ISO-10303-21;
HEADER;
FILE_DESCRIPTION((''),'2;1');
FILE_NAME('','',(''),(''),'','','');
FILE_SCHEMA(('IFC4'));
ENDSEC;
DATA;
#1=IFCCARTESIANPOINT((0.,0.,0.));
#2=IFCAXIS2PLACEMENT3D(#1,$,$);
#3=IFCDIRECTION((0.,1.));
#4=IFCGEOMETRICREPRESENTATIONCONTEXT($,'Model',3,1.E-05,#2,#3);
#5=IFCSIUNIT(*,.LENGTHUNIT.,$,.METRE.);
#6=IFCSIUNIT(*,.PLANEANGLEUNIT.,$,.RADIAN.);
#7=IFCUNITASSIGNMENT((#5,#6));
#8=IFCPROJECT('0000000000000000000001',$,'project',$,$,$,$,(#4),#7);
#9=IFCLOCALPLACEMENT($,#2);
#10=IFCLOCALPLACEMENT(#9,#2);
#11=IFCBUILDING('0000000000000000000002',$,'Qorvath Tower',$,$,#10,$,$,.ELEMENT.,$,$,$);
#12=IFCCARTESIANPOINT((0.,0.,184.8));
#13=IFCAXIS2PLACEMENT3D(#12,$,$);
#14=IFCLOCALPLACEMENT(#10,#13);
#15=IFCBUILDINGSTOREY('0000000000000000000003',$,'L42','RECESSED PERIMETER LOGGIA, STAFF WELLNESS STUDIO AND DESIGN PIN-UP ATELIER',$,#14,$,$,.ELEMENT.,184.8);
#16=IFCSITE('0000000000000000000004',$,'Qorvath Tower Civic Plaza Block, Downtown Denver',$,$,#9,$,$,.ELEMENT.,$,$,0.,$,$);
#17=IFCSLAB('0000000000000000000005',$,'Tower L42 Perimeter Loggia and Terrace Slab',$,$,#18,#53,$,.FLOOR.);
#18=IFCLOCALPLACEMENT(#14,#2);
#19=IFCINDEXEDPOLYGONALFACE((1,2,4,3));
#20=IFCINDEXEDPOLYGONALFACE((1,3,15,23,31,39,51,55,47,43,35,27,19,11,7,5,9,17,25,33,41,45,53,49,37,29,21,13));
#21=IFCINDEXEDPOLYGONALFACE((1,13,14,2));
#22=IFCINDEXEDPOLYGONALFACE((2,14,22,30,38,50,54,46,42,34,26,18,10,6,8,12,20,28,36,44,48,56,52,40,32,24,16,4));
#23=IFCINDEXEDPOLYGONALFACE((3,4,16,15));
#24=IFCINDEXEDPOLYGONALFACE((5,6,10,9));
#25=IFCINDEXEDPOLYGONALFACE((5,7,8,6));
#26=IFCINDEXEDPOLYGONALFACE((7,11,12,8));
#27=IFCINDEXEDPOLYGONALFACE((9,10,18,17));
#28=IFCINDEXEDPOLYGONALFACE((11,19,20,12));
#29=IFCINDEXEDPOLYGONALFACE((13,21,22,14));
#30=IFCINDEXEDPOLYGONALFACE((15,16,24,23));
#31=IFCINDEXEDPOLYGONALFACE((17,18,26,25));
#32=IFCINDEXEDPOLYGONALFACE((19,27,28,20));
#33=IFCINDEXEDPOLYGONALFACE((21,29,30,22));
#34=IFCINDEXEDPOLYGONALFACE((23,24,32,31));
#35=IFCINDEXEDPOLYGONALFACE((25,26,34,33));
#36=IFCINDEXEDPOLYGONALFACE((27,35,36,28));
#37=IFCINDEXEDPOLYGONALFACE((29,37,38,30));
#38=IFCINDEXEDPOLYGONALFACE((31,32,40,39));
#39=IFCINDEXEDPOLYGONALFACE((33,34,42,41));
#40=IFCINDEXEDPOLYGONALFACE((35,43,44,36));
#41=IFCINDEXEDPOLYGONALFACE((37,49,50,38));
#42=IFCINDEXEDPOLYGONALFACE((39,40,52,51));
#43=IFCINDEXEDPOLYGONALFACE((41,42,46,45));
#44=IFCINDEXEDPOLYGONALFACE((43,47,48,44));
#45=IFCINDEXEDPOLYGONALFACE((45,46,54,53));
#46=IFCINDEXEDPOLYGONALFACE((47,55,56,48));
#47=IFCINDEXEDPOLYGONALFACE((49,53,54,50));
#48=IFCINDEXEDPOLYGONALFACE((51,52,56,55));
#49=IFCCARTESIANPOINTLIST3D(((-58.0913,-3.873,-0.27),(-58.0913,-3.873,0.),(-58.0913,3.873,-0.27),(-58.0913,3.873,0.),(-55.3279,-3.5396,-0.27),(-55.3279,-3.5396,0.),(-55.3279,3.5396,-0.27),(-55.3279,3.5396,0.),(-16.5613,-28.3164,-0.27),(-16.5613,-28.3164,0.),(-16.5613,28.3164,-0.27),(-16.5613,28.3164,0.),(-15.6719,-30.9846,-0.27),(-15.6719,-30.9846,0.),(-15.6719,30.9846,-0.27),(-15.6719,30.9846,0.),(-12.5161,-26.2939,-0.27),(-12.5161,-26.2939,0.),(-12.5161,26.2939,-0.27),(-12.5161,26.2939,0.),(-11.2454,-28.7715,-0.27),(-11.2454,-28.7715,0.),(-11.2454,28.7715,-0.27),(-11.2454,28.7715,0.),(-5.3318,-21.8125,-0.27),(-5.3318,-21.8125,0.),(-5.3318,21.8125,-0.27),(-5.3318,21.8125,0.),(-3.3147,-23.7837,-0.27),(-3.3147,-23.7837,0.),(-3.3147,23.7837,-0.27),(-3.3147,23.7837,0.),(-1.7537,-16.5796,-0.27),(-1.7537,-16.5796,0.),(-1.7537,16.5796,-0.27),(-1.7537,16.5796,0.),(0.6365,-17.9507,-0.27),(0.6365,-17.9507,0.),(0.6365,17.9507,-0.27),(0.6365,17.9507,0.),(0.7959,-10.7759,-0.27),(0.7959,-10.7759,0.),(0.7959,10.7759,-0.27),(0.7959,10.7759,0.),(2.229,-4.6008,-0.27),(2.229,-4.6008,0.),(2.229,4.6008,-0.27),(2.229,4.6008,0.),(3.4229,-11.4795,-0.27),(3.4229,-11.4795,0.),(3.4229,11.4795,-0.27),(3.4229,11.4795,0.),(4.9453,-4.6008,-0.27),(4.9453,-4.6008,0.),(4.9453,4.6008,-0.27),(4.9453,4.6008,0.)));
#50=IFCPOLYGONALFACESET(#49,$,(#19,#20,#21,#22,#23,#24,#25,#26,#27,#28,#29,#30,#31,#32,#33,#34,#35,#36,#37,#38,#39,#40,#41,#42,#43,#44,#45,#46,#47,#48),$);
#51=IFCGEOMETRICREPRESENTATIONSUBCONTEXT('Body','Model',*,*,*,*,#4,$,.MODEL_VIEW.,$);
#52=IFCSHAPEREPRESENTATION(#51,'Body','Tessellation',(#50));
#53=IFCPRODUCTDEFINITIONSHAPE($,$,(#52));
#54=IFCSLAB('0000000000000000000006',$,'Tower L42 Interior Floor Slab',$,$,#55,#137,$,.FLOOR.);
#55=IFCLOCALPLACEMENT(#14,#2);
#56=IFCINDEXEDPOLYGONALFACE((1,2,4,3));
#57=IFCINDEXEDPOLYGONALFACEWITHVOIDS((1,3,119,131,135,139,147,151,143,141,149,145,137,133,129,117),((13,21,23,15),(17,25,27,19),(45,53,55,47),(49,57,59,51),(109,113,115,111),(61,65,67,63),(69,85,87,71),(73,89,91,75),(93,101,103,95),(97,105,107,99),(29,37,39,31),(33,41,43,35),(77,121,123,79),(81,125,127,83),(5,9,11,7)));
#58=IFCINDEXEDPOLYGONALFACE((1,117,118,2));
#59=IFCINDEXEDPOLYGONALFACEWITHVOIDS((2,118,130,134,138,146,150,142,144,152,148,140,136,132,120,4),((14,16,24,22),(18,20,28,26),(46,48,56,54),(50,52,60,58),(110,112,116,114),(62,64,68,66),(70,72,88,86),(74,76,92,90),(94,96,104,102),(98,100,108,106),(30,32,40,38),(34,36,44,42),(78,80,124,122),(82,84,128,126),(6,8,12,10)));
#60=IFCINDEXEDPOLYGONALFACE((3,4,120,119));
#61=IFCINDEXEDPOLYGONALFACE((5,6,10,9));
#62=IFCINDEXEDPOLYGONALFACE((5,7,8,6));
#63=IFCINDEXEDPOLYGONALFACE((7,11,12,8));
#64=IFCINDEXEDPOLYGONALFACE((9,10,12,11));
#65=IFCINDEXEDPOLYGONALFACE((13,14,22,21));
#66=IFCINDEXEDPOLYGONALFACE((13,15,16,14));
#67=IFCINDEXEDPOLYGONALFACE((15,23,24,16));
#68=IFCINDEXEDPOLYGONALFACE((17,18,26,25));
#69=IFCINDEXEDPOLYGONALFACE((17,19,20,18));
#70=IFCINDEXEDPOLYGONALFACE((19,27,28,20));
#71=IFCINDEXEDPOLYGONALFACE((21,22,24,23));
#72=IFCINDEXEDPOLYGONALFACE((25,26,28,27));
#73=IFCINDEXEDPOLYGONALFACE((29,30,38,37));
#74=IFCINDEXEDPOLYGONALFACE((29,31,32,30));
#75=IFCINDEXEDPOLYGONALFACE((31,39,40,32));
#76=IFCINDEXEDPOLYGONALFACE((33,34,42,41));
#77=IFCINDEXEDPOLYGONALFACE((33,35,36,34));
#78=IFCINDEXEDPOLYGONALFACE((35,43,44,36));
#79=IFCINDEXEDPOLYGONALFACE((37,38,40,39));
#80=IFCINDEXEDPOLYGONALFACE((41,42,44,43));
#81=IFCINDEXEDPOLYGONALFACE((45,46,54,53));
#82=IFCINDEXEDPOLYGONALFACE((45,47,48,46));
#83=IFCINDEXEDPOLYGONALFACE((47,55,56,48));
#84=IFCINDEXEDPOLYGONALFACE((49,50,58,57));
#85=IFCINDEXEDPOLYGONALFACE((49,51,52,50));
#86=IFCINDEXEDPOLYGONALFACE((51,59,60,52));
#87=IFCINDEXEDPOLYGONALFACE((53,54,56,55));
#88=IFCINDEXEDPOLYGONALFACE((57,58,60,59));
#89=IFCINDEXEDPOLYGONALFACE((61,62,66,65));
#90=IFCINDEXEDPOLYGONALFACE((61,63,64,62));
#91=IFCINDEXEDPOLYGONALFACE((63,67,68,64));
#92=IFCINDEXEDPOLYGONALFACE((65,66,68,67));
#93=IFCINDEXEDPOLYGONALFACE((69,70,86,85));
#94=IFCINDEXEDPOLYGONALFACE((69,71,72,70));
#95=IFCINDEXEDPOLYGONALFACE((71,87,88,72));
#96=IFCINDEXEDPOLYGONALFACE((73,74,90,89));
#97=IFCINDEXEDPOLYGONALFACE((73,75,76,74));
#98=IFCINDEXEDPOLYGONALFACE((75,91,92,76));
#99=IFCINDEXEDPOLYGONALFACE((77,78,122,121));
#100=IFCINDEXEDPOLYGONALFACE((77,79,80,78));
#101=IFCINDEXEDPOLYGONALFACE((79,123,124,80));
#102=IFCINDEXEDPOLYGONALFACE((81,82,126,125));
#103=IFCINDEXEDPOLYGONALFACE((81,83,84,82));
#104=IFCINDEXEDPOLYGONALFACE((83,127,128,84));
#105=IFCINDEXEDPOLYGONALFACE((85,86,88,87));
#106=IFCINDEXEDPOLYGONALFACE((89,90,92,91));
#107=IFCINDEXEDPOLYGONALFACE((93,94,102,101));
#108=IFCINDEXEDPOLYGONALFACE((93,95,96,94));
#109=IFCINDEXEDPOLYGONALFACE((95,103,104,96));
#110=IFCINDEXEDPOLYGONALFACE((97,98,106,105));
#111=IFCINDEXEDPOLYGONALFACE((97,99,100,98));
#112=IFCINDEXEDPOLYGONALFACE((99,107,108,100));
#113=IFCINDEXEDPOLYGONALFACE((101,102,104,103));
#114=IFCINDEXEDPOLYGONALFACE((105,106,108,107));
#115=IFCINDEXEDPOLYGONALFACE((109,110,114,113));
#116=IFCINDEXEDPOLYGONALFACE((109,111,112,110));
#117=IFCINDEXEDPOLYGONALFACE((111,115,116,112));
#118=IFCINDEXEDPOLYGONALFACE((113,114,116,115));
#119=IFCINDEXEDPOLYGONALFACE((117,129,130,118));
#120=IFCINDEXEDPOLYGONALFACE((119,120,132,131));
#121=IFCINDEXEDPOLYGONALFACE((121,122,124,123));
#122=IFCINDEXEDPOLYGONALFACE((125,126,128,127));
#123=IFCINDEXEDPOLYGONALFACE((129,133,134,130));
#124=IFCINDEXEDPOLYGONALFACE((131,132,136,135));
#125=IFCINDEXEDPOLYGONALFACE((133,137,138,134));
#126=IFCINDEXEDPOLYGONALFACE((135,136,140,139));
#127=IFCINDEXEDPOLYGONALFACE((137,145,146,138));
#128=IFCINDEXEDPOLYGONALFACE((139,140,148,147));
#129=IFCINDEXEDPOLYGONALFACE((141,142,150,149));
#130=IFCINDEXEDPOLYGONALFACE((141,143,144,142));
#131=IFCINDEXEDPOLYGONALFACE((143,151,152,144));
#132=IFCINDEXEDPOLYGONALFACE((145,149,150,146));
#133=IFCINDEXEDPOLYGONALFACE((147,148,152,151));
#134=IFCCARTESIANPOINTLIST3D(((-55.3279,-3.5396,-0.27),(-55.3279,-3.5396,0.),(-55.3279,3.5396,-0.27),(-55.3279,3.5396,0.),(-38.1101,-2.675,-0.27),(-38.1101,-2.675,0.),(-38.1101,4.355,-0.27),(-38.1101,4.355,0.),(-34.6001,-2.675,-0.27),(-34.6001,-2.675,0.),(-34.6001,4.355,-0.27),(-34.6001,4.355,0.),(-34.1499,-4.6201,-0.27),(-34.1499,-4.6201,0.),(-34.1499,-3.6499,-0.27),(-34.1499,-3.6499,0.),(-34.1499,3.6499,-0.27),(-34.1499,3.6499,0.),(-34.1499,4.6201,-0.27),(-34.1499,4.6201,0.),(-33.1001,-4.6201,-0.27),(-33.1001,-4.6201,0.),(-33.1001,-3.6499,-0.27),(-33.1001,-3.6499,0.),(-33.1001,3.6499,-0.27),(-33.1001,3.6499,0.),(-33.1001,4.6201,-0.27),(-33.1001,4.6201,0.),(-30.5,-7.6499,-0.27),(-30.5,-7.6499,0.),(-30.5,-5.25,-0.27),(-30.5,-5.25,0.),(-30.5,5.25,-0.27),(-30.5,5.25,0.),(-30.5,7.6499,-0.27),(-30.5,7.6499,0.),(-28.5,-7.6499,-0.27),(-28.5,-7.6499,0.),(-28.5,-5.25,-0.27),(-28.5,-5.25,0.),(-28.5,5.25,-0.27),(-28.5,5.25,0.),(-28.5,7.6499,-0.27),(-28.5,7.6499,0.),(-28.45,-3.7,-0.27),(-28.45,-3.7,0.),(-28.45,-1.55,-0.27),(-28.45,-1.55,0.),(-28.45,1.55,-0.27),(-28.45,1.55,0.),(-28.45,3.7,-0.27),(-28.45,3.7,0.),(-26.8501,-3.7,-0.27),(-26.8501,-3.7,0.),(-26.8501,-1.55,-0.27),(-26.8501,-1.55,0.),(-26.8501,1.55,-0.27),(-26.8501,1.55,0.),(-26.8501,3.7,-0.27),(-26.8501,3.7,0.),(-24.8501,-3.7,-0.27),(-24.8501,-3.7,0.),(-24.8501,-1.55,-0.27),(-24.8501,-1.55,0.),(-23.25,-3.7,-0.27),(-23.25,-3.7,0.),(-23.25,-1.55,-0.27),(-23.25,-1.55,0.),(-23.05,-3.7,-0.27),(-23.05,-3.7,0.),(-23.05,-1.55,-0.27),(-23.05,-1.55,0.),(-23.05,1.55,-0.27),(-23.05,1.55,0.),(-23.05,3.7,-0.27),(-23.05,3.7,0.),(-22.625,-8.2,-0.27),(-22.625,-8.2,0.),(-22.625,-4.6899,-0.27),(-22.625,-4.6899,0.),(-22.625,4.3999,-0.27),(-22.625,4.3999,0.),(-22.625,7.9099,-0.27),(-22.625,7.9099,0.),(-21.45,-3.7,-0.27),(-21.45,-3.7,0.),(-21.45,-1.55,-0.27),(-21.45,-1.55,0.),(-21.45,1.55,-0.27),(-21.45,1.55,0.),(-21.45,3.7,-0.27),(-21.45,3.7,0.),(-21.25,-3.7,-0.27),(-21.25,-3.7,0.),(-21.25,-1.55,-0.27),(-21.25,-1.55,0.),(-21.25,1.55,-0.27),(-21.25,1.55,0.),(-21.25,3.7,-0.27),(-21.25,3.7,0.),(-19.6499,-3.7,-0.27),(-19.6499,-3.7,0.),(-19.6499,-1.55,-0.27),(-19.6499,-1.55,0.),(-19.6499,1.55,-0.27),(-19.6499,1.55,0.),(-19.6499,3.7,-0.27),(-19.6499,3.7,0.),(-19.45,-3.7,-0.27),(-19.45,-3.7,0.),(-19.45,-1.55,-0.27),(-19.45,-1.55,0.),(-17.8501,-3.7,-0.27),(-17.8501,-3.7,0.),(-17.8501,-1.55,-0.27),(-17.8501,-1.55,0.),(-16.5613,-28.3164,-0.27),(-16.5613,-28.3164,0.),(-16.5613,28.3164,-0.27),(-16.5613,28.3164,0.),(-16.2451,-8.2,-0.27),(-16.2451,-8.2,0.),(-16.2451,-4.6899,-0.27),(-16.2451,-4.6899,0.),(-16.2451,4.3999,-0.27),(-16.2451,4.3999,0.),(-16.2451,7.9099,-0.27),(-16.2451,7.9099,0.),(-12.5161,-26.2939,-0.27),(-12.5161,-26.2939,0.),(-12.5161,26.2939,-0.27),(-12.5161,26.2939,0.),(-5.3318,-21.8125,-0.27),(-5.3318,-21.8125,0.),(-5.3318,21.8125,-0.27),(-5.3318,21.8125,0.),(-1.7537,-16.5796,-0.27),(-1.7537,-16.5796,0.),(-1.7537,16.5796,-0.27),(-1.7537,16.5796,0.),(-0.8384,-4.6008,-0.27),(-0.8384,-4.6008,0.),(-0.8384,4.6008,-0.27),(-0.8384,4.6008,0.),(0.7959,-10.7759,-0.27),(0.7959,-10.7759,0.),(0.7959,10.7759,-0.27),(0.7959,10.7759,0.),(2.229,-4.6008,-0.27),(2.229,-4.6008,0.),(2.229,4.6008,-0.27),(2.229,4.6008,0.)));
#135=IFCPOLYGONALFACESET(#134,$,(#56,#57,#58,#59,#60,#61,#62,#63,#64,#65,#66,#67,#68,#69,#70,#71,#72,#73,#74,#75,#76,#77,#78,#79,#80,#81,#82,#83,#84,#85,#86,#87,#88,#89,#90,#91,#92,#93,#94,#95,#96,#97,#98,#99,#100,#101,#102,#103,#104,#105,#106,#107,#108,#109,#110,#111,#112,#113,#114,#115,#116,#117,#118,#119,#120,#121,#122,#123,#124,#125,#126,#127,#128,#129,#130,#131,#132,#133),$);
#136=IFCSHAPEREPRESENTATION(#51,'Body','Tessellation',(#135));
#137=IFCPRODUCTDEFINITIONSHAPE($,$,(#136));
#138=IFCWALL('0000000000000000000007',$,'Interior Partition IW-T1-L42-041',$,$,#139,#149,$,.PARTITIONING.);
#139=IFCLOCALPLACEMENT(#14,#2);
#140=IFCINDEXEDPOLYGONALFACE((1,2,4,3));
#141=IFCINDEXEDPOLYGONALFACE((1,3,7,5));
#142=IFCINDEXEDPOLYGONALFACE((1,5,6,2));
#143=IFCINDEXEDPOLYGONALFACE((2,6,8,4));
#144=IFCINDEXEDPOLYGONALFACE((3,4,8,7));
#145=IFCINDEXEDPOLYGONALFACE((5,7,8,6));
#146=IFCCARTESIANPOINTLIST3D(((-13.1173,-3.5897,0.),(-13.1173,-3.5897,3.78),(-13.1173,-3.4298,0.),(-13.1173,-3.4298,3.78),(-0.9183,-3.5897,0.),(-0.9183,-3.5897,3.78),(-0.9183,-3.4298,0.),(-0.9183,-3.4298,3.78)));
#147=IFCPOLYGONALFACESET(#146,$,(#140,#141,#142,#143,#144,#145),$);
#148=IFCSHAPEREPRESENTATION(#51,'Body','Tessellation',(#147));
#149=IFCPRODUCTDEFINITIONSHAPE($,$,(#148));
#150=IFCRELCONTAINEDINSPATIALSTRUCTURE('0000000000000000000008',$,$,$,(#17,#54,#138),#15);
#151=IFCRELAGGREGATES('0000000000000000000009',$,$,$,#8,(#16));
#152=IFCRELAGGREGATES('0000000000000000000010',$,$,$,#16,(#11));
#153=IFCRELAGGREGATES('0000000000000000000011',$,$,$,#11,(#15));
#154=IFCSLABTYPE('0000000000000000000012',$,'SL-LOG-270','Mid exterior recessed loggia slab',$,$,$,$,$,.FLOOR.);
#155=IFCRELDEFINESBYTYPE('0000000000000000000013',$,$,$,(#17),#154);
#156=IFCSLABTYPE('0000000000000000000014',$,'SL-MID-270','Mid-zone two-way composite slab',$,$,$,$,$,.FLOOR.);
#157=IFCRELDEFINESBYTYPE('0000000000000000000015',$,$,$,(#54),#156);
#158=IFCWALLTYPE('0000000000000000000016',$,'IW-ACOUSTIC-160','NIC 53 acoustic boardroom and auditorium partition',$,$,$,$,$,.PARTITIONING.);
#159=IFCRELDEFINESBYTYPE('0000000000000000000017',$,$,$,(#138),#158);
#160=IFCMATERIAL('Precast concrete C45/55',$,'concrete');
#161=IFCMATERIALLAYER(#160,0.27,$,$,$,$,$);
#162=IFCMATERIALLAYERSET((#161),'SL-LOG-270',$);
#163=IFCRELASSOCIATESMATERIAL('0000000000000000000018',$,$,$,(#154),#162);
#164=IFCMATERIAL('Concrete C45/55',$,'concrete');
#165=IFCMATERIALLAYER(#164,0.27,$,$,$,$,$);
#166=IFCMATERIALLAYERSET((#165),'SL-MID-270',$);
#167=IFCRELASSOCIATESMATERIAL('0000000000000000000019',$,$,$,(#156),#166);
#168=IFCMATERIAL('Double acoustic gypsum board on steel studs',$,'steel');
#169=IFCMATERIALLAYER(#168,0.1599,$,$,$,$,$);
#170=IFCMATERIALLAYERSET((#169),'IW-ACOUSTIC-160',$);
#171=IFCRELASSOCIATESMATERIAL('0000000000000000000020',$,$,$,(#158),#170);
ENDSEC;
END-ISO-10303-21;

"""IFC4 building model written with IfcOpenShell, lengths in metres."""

from ifc_helpers import new_model, si_unit, direction, frame, frame_2d, origin, place, context, subcontext, project, spatial, polyline, rectangle, outline, extrude, material, layer, layer_set, type_object, element, save


model = new_model("IFC4")

# Units and contexts
model_context = context("Model", 3, precision=1e-05, world=origin(), true_north=direction((0.0, 1.0)))
body_context = subcontext(model_context, "Body", "Model", "MODEL_VIEW")
ifc_project = project(units=[si_unit("LENGTHUNIT", "METRE"), si_unit("PLANEANGLEUNIT", "RADIAN")], contexts=[model_context])

# Site, building, storey
site_placement = place(None, origin())
site = spatial("IfcSite", under=ifc_project, at=site_placement, Name="Qorvath Tower Civic Plaza Block, Downtown Denver", CompositionType="ELEMENT", RefElevation=0.0)
building_placement = place(site_placement, origin())
building = spatial("IfcBuilding", under=site, at=building_placement, Name="Qorvath Tower", CompositionType="ELEMENT")
storey_placement = place(building_placement, frame((0.0, 0.0, 184.8)))
storey = spatial("IfcBuildingStorey", under=building, at=storey_placement, Name="L42", Description="RECESSED PERIMETER LOGGIA, STAFF WELLNESS STUDIO AND DESIGN PIN-UP ATELIER", CompositionType="ELEMENT", Elevation=184.8)

# Slabs
ifc_material_1 = material(Name="Precast concrete C45/55", Category="concrete")
ifc_layer_1 = layer(ifc_material_1, 0.27)
ifc_layer_set_1 = layer_set([ifc_layer_1], Name="SL-LOG-270")
slab_type_1 = type_object("IfcSlabType", Name="SL-LOG-270", Description="Mid exterior recessed loggia slab", PredefinedType="FLOOR", material=ifc_layer_set_1)
slab_1_placement = place(storey_placement, frame((0.0, 0.0, -0.27)))
element("IfcSlab", 1, at=slab_1_placement, inside=storey, type_object=slab_type_1, Name="Tower L42 Perimeter Loggia and Terrace Slab", PredefinedType="FLOOR", context=body_context, shape_type="SweptSolid", body=[
    extrude(outline(polyline([(2.229, -4.6008), (0.7959, -10.7759), (-1.7537, -16.5796), (-5.3318, -21.8125), (-12.5161, -26.2939), (-16.5613, -28.3164), (-55.3279, -3.5396), (-55.3279, 3.5396), (-16.5613, 28.3164), (-12.5161, 26.2939), (-5.3318, 21.8125), (-1.7537, 16.5796), (0.7959, 10.7759), (2.229, 4.6008), (4.9453, 4.6008), (3.4229, 11.4795), (0.6365, 17.9507), (-3.3147, 23.7837), (-11.2454, 28.7715), (-15.6719, 30.9846), (-58.0913, 3.873), (-58.0913, -3.873), (-15.6719, -30.9846), (-11.2454, -28.7715), (-3.3147, -23.7837), (0.6365, -17.9507), (3.4229, -11.4795), (4.9453, -4.6008), (2.229, -4.6008)])), origin(), (0.0, 0.0, 1.0), 0.27),
])
ifc_material_2 = material(Name="Concrete C45/55", Category="concrete")
ifc_layer_2 = layer(ifc_material_2, 0.27)
ifc_layer_set_2 = layer_set([ifc_layer_2], Name="SL-MID-270")
slab_type_2 = type_object("IfcSlabType", Name="SL-MID-270", Description="Mid-zone two-way composite slab", PredefinedType="FLOOR", material=ifc_layer_set_2)
slab_2_placement = place(storey_placement, frame((0.0, 0.0, -0.27)))
element("IfcSlab", 2, at=slab_2_placement, inside=storey, type_object=slab_type_2, Name="Tower L42 Interior Floor Slab", PredefinedType="FLOOR", context=body_context, shape_type="SweptSolid", body=[
    extrude(outline(polyline([(-55.3279, 3.5396), (-55.3279, -3.5396), (-16.5613, -28.3164), (-12.5161, -26.2939), (-5.3318, -21.8125), (-1.7537, -16.5796), (0.7959, -10.7759), (2.229, -4.6008), (-0.8384, -4.6008), (-0.8384, 4.6008), (2.229, 4.6008), (0.7959, 10.7759), (-1.7537, 16.5796), (-5.3318, 21.8125), (-12.5161, 26.2939), (-16.5613, 28.3164), (-55.3279, 3.5396)]), holes=[polyline([(-22.625, -8.2), (-22.625, -4.6899), (-16.2451, -4.6899), (-16.2451, -8.2), (-22.625, -8.2)]), polyline([(-22.625, 4.3999), (-22.625, 7.9099), (-16.2451, 7.9099), (-16.2451, 4.3999), (-22.625, 4.3999)]), polyline([(-19.45, -3.7), (-19.45, -1.55), (-17.8501, -1.55), (-17.8501, -3.7), (-19.45, -3.7)]), polyline([(-21.25, -3.7), (-21.25, -1.55), (-19.6499, -1.55), (-19.6499, -3.7), (-21.25, -3.7)]), polyline([(-21.25, 1.55), (-21.25, 3.7), (-19.6499, 3.7), (-19.6499, 1.55), (-21.25, 1.55)]), polyline([(-23.05, -3.7), (-23.05, -1.55), (-21.45, -1.55), (-21.45, -3.7), (-23.05, -3.7)]), polyline([(-23.05, 1.55), (-23.05, 3.7), (-21.45, 3.7), (-21.45, 1.55), (-23.05, 1.55)]), polyline([(-24.8501, -3.7), (-24.8501, -1.55), (-23.25, -1.55), (-23.25, -3.7), (-24.8501, -3.7)]), polyline([(-28.45, -3.7), (-28.45, -1.55), (-26.8501, -1.55), (-26.8501, -3.7), (-28.45, -3.7)]), polyline([(-28.45, 1.55), (-28.45, 3.7), (-26.8501, 3.7), (-26.8501, 1.55), (-28.45, 1.55)]), polyline([(-28.5, -7.6499), (-30.5, -7.6499), (-30.5, -5.25), (-28.5, -5.25), (-28.5, -7.6499)]), polyline([(-30.5, 5.25), (-30.5, 7.6499), (-28.5, 7.6499), (-28.5, 5.25), (-30.5, 5.25)]), polyline([(-34.1499, -4.6201), (-34.1499, -3.6499), (-33.1001, -3.6499), (-33.1001, -4.6201), (-34.1499, -4.6201)]), polyline([(-34.1499, 3.6499), (-34.1499, 4.6201), (-33.1001, 4.6201), (-33.1001, 3.6499), (-34.1499, 3.6499)]), polyline([(-34.6001, -2.675), (-38.1101, -2.675), (-38.1101, 4.355), (-34.6001, 4.355), (-34.6001, -2.675)])]), origin(), (0.0, 0.0, 1.0), 0.27),
])

# Wall
ifc_material_3 = material(Name="Double acoustic gypsum board on steel studs", Category="steel")
ifc_layer_3 = layer(ifc_material_3, 0.1599)
ifc_layer_set_3 = layer_set([ifc_layer_3], Name="IW-ACOUSTIC-160")
wall_type_1 = type_object("IfcWallType", Name="IW-ACOUSTIC-160", Description="NIC 53 acoustic boardroom and auditorium partition", PredefinedType="PARTITIONING", material=ifc_layer_set_3)
wall_1_placement = place(storey_placement, frame((-0.9182, -3.5098, 0.0), z_axis=(0.0, 0.0, 1.0), x_axis=(-1.0, 0.0, 0.0)))
element("IfcWall", 3, at=wall_1_placement, inside=storey, type_object=wall_type_1, Name="Interior Partition IW-T1-L42-041", PredefinedType="PARTITIONING", context=body_context, shape_type="SweptSolid", body=[
    extrude(rectangle(XDim=12.199, YDim=0.1599, at=frame_2d((6.0996, 0.0))), origin(), (0.0, 0.0, 1.0), 3.78),
])

save(model, "model.ifc")
